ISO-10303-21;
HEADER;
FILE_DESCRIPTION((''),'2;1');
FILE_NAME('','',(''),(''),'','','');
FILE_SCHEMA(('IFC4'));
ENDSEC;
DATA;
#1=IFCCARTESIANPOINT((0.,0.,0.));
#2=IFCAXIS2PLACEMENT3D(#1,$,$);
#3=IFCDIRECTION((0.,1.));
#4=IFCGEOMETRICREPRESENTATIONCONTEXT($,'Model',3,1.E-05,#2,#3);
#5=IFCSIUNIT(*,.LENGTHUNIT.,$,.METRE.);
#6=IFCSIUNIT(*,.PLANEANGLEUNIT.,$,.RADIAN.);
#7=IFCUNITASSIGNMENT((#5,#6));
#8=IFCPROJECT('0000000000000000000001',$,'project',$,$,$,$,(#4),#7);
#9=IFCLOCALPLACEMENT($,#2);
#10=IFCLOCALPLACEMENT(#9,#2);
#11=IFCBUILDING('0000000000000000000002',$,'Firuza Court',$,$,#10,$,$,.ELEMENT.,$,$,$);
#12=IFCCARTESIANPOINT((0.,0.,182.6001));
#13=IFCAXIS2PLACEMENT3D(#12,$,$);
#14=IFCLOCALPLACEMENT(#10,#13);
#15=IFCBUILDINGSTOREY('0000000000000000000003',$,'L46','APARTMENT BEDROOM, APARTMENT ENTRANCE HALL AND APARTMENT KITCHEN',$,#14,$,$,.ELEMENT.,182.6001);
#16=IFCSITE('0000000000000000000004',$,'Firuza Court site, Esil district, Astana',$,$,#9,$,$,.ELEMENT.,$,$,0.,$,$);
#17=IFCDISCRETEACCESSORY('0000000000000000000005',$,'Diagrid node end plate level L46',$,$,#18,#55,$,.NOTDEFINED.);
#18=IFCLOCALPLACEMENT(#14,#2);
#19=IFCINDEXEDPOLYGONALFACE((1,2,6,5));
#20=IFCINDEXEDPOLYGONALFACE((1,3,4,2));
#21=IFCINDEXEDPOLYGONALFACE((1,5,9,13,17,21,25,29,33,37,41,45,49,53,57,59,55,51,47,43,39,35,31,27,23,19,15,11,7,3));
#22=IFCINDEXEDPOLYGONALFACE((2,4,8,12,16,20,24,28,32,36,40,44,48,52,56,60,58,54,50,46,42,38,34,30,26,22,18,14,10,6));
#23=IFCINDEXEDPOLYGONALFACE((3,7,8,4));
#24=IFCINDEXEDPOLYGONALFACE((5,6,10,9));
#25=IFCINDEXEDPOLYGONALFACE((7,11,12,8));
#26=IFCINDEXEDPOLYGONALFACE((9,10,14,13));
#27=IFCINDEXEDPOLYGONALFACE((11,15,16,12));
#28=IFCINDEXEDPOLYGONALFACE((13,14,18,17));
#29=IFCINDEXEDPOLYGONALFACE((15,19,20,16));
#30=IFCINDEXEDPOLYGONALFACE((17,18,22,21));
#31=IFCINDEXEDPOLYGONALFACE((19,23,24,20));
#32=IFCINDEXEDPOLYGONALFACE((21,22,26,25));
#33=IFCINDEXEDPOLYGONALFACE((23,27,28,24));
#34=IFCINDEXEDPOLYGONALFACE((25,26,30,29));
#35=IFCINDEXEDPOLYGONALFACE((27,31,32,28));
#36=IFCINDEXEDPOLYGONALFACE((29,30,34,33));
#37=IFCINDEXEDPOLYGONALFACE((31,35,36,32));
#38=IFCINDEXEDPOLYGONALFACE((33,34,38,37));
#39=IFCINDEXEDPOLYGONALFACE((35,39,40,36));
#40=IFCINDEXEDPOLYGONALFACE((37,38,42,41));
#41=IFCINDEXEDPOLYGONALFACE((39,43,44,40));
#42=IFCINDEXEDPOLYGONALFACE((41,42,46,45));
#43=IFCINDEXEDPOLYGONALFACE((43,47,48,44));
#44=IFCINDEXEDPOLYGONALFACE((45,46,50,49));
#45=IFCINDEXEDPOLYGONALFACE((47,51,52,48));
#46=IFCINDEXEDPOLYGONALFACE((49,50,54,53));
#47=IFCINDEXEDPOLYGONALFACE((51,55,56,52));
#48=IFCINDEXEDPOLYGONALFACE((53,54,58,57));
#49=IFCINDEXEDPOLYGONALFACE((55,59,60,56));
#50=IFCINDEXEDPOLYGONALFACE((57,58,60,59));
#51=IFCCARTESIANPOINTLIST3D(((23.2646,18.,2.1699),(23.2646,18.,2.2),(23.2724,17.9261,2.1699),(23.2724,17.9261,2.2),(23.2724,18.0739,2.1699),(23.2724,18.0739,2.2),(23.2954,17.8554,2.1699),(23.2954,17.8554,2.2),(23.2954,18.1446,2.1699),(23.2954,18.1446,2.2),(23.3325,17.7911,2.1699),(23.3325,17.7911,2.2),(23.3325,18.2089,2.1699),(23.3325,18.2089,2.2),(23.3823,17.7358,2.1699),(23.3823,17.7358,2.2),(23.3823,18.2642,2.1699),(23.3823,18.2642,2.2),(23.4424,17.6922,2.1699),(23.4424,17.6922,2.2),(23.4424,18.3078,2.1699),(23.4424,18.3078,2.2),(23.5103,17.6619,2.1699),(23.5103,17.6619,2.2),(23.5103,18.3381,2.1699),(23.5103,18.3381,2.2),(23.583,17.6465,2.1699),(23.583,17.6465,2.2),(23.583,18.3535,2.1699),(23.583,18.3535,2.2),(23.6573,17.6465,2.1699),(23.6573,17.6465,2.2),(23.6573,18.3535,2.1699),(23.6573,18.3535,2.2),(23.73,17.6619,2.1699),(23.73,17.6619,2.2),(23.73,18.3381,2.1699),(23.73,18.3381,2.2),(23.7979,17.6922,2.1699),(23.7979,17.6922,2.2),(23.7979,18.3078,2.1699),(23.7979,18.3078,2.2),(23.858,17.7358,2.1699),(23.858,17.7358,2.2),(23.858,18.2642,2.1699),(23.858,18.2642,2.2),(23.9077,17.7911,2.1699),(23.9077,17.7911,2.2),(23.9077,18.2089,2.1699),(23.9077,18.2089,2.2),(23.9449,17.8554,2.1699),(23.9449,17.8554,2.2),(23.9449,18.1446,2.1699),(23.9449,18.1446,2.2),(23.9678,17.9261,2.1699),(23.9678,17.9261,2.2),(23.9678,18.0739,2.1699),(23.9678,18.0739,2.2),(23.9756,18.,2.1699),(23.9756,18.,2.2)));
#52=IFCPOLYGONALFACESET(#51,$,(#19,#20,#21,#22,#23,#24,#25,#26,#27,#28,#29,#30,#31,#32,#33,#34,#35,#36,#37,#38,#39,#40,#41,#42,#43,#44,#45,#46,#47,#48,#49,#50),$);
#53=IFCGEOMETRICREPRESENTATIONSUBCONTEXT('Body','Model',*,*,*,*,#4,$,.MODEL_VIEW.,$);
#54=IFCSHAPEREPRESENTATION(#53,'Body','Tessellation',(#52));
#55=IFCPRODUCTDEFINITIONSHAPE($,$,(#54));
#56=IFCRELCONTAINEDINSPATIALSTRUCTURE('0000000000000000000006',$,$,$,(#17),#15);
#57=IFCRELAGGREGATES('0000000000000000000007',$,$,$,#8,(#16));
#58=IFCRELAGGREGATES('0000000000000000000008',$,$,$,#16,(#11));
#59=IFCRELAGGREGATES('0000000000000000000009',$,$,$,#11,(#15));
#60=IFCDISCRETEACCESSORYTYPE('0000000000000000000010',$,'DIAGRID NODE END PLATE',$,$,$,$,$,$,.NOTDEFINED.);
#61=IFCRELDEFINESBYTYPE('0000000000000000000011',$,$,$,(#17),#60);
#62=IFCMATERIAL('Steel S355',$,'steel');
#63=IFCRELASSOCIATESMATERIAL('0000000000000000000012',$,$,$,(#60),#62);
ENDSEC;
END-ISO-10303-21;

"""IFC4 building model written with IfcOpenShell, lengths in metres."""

from ifc_helpers import new_model, si_unit, direction, frame, origin, origin_2d, place, context, subcontext, project, spatial, circle, extrude, material, material_profile, profile_set, type_object, element, save


model = new_model("IFC4")

# Units and contexts
model_context = context("Model", 3, precision=1e-05, world=origin(), true_north=direction((0.0, 1.0)))
body_context = subcontext(model_context, "Body", "Model", "MODEL_VIEW")
ifc_project = project(units=[si_unit("LENGTHUNIT", "METRE"), si_unit("PLANEANGLEUNIT", "RADIAN")], contexts=[model_context])

# Site, building, storey
site_placement = place(None, origin())
site = spatial("IfcSite", under=ifc_project, at=site_placement, Name="Firuza Court site, Esil district, Astana", CompositionType="ELEMENT", RefElevation=0.0)
building_placement = place(site_placement, origin())
building = spatial("IfcBuilding", under=site, at=building_placement, Name="Firuza Court", CompositionType="ELEMENT")
storey_placement = place(building_placement, frame((0.0, 0.0, 182.6001)))
storey = spatial("IfcBuildingStorey", under=building, at=storey_placement, Name="L46", Description="APARTMENT BEDROOM, APARTMENT ENTRANCE HALL AND APARTMENT KITCHEN", CompositionType="ELEMENT", Elevation=182.6001)

# Discrete accessory
ifc_material_1 = material(Name="Steel S355", Category="steel")
ifc_material_profile_1 = material_profile(ifc_material_1, circle(Radius=0.3555, at=origin_2d()), Name="PL D711")
ifc_profile_set_1 = profile_set([ifc_material_profile_1], Name="Steel S355")
discrete_accessory_type = type_object("IfcDiscreteAccessoryType", Name="DIAGRID NODE END PLATE", PredefinedType="NOTDEFINED", material=ifc_profile_set_1)
for number, where, z_axis, x_axis, name in (
    (1, (23.6201, 18.0, 2.1699), (0.0, 0.0, 1.0), (1.0, 0.0, 0.0), "Diagrid node end plate level L46"),
):
    element("IfcDiscreteAccessory", number, at=place(storey_placement, frame(where, z_axis=z_axis, x_axis=x_axis)), inside=storey, type_object=discrete_accessory_type, Name=name, PredefinedType="NOTDEFINED", context=body_context, shape_type="SweptSolid", body=[
        extrude(circle(Radius=0.3555, at=origin_2d()), origin(), (0.0, 0.0, 1.0), 0.03),
    ])

save(model, "model.ifc")
